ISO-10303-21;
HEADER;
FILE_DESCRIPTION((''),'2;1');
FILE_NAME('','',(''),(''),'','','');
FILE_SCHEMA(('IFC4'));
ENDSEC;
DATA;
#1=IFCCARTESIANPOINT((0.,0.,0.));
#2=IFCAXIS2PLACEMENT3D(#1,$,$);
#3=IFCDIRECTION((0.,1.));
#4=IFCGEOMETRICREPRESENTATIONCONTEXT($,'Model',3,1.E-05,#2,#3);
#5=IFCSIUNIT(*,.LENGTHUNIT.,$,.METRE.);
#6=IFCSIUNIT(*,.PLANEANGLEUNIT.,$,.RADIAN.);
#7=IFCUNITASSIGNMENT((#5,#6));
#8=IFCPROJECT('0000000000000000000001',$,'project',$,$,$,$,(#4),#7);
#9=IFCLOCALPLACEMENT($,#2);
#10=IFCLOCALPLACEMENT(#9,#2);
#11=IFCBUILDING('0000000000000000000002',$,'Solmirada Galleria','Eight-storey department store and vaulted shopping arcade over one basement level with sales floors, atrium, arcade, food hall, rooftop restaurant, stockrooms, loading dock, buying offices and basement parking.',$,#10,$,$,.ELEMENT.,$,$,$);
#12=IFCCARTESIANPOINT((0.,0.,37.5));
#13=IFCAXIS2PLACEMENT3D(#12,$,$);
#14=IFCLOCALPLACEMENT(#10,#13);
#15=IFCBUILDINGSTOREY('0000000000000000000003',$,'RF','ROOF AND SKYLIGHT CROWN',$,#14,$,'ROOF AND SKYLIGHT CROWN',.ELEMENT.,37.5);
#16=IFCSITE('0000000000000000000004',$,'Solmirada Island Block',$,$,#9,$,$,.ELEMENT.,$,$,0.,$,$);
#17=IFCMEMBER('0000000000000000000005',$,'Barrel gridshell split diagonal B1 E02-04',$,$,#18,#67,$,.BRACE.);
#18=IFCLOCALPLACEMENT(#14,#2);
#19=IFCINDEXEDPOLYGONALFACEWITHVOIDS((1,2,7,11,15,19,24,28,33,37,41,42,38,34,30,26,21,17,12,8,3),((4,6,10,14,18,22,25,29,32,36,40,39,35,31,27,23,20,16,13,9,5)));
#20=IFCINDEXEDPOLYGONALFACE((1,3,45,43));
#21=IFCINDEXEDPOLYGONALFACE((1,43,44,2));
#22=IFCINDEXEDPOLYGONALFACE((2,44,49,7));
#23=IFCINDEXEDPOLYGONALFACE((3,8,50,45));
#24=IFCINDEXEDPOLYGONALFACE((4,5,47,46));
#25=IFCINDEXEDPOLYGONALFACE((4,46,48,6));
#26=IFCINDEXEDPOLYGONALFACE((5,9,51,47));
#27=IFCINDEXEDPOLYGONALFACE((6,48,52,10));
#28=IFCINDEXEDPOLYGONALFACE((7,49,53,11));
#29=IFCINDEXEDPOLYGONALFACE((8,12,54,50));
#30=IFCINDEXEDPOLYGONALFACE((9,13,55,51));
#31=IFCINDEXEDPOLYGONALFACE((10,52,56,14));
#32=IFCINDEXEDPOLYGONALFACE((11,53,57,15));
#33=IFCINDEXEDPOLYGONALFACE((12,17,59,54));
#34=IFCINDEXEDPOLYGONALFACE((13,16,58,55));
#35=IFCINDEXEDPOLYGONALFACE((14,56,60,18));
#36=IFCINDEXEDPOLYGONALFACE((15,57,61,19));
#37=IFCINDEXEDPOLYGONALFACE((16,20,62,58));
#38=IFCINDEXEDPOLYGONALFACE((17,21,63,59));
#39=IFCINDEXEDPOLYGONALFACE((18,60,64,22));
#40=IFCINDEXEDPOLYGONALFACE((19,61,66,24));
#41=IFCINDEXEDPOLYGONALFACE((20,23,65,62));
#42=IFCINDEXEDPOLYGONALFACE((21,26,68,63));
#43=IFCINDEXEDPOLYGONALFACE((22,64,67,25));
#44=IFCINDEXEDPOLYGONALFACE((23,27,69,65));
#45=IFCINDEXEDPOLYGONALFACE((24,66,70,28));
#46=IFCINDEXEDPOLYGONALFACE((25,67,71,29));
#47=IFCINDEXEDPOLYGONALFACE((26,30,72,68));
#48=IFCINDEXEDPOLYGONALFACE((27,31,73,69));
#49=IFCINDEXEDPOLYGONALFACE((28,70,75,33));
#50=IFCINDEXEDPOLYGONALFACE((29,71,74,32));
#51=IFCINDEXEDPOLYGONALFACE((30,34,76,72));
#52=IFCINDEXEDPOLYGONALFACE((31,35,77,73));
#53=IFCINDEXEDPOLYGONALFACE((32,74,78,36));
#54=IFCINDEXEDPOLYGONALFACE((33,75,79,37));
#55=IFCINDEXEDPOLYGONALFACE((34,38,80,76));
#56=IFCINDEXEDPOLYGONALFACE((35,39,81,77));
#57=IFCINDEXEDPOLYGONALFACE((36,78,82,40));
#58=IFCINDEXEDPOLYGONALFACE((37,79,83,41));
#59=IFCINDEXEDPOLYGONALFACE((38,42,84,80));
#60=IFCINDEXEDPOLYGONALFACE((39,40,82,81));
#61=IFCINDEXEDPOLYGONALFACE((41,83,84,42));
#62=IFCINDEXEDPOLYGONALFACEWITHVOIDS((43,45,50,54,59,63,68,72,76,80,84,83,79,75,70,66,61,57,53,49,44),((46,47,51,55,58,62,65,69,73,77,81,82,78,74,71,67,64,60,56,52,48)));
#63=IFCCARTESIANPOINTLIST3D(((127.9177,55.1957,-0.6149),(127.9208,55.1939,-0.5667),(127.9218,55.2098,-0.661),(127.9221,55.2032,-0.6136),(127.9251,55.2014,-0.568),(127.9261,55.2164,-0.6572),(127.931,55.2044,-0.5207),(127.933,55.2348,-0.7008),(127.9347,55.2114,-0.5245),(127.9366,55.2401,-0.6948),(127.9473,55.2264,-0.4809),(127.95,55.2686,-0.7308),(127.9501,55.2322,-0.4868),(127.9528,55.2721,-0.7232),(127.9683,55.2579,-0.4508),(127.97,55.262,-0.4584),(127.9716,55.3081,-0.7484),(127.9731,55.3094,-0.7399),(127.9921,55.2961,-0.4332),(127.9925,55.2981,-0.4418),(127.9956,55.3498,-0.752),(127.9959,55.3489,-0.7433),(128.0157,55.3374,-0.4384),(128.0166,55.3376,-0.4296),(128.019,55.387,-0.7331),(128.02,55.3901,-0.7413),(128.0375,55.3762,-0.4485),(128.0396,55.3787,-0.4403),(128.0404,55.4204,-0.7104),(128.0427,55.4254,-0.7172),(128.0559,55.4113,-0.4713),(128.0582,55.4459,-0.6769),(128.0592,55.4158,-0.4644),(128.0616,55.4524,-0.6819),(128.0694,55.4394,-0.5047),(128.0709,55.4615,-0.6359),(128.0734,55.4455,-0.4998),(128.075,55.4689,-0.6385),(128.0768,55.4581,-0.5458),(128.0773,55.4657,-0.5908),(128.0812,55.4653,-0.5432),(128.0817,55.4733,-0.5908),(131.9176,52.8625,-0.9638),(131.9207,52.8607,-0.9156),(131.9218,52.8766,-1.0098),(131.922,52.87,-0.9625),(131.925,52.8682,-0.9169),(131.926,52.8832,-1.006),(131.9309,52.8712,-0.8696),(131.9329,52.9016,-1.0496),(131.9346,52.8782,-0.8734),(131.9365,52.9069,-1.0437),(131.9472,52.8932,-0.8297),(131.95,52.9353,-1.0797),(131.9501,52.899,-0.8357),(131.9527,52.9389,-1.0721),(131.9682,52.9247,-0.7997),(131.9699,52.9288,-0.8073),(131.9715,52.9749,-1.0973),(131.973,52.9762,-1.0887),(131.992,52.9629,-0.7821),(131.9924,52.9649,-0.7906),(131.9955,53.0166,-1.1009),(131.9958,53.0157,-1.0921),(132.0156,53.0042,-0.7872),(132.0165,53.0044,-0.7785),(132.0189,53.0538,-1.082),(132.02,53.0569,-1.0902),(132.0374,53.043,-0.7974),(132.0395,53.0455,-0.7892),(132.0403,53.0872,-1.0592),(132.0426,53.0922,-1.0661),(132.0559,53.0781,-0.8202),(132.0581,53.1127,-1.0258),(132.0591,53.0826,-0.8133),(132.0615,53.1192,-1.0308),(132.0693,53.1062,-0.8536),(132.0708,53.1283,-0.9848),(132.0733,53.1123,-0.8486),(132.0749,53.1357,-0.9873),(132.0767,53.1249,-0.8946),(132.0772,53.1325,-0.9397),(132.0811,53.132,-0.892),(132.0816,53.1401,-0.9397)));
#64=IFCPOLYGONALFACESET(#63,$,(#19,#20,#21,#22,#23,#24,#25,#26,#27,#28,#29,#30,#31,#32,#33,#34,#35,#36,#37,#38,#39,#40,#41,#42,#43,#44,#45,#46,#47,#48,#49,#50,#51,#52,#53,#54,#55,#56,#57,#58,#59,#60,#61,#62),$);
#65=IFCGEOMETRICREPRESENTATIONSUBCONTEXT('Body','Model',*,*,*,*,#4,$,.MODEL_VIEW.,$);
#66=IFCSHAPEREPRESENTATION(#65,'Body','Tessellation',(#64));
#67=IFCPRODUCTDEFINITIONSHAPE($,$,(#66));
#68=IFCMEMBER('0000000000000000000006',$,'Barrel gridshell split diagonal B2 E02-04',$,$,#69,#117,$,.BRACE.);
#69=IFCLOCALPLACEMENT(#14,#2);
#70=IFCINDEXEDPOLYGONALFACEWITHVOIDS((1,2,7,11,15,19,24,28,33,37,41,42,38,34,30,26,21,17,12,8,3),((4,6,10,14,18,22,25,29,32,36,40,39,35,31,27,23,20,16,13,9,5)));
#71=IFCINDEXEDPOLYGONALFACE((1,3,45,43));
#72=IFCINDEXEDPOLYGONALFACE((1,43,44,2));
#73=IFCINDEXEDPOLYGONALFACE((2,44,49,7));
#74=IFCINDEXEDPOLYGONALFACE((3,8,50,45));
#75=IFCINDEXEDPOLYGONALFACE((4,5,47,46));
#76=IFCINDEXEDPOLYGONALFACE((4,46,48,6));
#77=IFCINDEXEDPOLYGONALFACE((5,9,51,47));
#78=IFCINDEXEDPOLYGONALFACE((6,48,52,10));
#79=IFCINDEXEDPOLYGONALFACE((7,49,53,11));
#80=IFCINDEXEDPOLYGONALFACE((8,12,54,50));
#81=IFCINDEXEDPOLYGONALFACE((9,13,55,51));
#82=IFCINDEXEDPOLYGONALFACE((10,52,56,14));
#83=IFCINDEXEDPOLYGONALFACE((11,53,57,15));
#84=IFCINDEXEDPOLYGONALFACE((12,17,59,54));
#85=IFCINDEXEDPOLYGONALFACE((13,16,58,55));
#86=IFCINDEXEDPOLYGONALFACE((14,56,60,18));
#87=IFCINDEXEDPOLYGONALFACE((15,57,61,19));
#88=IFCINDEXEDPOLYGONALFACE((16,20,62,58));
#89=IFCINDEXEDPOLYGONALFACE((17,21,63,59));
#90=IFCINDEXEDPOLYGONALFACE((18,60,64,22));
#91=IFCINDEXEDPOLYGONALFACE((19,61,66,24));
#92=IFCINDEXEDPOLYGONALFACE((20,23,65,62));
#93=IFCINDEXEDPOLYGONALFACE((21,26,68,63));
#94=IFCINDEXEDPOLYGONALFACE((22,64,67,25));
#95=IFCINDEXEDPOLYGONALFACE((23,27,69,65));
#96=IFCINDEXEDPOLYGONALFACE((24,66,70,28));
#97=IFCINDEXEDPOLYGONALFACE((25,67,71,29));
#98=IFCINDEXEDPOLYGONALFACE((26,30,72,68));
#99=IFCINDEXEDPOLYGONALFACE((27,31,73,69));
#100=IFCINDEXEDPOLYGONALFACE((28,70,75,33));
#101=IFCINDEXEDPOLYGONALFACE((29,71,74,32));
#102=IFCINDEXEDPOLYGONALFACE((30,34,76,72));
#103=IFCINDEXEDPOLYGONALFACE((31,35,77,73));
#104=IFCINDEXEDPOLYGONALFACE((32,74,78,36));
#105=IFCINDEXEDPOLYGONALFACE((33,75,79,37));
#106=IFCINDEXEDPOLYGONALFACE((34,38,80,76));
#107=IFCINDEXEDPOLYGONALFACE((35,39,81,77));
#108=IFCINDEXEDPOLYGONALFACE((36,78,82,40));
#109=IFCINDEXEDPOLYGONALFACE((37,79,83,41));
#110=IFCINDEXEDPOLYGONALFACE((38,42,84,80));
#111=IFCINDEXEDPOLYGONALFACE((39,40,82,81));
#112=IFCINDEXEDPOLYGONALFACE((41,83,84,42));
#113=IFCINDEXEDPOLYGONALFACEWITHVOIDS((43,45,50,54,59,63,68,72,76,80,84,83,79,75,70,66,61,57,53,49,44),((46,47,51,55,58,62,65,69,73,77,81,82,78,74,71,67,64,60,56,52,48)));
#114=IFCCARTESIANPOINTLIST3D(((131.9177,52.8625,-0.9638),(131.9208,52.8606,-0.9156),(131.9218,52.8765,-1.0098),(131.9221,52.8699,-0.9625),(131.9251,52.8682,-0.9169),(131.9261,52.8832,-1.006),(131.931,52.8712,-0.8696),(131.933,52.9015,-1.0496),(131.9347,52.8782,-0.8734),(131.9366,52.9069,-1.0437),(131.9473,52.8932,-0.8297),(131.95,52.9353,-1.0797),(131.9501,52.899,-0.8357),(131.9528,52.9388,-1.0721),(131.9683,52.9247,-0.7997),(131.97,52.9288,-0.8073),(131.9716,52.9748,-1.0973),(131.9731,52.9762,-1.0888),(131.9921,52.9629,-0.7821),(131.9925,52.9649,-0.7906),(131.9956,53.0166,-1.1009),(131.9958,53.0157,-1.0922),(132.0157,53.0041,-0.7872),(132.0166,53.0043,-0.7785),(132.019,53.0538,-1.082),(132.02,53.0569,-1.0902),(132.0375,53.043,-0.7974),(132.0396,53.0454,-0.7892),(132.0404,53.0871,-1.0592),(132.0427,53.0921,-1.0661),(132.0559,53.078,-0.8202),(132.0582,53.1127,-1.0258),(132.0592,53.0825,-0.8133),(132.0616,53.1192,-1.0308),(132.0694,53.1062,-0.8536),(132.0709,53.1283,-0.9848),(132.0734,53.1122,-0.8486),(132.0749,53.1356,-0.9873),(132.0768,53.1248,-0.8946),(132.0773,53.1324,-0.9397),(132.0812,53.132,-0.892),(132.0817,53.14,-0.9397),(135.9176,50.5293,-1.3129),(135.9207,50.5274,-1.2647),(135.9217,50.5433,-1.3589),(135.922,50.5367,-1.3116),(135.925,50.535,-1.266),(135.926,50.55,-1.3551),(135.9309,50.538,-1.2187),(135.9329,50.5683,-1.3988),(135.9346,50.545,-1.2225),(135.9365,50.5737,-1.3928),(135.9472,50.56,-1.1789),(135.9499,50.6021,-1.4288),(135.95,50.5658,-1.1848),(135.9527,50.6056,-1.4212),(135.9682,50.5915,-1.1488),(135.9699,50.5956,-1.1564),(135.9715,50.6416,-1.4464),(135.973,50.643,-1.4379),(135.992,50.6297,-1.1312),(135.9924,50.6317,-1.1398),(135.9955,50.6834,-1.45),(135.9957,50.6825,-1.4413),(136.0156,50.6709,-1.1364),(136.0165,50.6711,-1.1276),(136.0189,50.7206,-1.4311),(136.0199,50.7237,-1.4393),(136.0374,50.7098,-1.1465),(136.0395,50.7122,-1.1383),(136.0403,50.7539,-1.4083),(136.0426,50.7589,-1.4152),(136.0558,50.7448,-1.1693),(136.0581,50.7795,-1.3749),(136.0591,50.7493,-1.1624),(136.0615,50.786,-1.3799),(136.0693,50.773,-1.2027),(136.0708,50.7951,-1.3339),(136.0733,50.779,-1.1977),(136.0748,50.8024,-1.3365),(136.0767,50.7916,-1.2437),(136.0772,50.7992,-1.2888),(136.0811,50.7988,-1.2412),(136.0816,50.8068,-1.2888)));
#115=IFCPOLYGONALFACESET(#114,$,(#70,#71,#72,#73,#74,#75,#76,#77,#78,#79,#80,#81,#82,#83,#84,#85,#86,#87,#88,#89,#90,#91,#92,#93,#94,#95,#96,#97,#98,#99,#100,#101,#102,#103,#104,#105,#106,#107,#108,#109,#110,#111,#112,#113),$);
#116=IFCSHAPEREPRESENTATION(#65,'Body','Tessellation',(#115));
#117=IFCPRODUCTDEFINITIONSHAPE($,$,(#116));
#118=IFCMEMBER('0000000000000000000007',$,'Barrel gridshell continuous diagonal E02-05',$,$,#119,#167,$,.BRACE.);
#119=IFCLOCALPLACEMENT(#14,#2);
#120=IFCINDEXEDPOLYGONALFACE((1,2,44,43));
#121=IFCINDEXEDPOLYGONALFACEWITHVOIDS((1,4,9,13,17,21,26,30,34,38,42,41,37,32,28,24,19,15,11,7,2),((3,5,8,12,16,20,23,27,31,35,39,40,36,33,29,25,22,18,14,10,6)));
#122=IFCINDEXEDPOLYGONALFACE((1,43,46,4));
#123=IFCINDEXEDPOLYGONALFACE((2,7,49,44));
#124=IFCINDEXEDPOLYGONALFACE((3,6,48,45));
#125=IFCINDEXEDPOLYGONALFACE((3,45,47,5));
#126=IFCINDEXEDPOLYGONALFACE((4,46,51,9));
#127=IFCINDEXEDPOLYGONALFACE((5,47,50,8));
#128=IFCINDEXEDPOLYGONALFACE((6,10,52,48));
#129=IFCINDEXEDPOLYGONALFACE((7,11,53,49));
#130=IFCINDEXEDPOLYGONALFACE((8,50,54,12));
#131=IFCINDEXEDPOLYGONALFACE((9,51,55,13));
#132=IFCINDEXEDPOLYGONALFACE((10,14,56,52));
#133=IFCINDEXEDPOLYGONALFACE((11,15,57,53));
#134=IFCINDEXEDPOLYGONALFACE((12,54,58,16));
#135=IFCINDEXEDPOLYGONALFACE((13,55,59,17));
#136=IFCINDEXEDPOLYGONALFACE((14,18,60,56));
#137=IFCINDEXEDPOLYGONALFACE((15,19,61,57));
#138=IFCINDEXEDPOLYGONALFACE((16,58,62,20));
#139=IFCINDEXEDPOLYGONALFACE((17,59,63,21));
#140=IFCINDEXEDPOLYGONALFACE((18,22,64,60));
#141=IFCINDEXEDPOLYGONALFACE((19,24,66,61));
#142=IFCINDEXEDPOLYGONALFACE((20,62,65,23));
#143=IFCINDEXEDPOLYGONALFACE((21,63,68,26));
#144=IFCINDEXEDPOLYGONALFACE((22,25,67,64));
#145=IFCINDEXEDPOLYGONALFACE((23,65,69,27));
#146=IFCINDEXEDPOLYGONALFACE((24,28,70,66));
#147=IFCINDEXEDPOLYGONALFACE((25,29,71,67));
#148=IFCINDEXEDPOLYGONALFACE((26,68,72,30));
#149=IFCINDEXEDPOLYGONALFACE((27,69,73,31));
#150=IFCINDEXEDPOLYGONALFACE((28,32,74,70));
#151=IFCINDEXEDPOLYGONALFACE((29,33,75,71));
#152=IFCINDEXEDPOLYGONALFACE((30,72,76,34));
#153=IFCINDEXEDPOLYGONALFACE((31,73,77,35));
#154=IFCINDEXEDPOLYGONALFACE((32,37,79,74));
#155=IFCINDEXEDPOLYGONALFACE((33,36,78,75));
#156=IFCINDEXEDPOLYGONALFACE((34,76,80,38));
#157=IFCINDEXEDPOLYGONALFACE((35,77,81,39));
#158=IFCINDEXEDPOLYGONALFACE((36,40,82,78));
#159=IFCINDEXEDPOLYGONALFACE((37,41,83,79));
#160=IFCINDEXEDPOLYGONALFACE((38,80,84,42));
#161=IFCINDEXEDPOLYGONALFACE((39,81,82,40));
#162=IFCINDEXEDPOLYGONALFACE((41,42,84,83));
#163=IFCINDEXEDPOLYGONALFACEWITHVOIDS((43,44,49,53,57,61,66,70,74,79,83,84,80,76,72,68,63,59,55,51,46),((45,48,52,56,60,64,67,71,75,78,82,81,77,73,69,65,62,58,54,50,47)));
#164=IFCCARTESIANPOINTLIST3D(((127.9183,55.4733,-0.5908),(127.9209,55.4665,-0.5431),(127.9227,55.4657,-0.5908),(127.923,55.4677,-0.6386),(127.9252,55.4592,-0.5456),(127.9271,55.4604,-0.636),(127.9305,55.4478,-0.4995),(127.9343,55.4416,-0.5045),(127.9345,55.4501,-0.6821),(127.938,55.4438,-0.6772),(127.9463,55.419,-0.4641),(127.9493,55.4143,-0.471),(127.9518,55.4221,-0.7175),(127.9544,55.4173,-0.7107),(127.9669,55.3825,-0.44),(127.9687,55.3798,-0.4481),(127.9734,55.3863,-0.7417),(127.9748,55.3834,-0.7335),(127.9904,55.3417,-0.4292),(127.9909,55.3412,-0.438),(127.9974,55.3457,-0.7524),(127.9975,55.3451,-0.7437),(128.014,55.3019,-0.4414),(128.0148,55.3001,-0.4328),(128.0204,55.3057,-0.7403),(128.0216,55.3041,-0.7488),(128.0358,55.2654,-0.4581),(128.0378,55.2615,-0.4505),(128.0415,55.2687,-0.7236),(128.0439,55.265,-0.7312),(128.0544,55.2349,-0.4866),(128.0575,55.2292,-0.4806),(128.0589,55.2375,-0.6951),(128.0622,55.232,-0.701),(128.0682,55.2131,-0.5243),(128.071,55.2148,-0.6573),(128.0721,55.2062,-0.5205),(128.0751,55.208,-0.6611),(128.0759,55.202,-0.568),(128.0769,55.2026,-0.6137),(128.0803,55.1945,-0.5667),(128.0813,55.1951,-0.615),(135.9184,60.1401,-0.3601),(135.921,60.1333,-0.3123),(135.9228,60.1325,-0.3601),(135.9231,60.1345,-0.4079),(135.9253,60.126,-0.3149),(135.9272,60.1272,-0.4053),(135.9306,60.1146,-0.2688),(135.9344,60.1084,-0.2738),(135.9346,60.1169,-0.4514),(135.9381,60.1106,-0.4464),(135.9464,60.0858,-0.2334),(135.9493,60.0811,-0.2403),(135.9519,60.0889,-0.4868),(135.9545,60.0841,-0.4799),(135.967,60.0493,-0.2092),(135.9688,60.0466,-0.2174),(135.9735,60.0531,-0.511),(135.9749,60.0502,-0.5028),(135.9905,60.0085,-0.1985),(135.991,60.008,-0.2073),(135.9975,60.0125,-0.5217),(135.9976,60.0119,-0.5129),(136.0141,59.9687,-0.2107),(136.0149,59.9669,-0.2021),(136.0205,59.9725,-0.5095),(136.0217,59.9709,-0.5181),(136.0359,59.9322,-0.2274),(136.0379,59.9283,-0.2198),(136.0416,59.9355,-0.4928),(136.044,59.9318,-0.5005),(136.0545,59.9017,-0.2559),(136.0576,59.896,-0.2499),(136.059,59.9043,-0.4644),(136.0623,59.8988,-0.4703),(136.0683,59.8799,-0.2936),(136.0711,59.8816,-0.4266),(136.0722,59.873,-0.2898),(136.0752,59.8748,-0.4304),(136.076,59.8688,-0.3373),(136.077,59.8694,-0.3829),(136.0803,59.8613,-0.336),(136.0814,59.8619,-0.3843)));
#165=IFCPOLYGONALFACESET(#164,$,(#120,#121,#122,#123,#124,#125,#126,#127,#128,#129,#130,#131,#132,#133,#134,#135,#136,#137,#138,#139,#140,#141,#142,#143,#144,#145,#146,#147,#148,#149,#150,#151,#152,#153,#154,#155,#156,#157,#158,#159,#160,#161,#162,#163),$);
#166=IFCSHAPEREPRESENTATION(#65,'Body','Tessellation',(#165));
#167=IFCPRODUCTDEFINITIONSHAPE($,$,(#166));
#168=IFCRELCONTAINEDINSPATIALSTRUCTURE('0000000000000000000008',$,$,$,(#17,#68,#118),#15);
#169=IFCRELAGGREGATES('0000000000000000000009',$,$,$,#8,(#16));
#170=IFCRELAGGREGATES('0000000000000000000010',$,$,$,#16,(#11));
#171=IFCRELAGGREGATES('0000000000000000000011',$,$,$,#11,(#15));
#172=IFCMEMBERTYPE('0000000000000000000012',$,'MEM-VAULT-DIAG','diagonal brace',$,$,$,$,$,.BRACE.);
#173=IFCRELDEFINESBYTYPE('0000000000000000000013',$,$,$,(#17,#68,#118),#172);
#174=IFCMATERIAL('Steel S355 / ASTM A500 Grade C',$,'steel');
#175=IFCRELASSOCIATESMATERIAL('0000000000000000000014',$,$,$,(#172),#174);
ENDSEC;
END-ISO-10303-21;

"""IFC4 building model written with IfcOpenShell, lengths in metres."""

from ifc_helpers import new_model, si_unit, direction, frame, origin, origin_2d, place, context, subcontext, project, spatial, hollow_circle, extrude, material, material_profile, profile_set, type_object, element, save


model = new_model("IFC4")

# Units and contexts
model_context = context("Model", 3, precision=1e-05, world=origin(), true_north=direction((0.0, 1.0)))
body_context = subcontext(model_context, "Body", "Model", "MODEL_VIEW")
ifc_project = project(units=[si_unit("LENGTHUNIT", "METRE"), si_unit("PLANEANGLEUNIT", "RADIAN")], contexts=[model_context])

# Site, building, storey
site_placement = place(None, origin())
site = spatial("IfcSite", under=ifc_project, at=site_placement, Name="Solmirada Island Block", CompositionType="ELEMENT", RefElevation=0.0)
building_placement = place(site_placement, origin())
building = spatial("IfcBuilding", under=site, at=building_placement, Name="Solmirada Galleria", Description="Eight-storey department store and vaulted shopping arcade over one basement level with sales floors, atrium, arcade, food hall, rooftop restaurant, stockrooms, loading dock, buying offices and basement parking.", CompositionType="ELEMENT")
storey_placement = place(building_placement, frame((0.0, 0.0, 37.5)))
storey = spatial("IfcBuildingStorey", under=building, at=storey_placement, Name="RF", Description="ROOF AND SKYLIGHT CROWN", LongName="ROOF AND SKYLIGHT CROWN", CompositionType="ELEMENT", Elevation=37.5)

# Members
ifc_material_1 = material(Name="Steel S355 / ASTM A500 Grade C", Category="steel")
ifc_material_profile_1 = material_profile(ifc_material_1, hollow_circle(Radius=0.1621, WallThickness=0.0088, at=origin_2d()), Name="HSS12.750X0.375")
ifc_profile_set_1 = profile_set([ifc_material_profile_1], Name="Steel S355 / ASTM A500 Grade C")
member_type_1 = type_object("IfcMemberType", Name="MEM-VAULT-DIAG", Description="diagonal brace", PredefinedType="BRACE", material=ifc_profile_set_1)
for number, where, z_axis, x_axis, name in (
    (1, (128.0, 55.3333, -0.5908), (0.861346, -0.502434, -0.075126), (0.503858, 0.863787, 0.0), "Barrel gridshell split diagonal B1 E02-04"),
    (2, (132.0, 53.0, -0.9397), (0.861342, -0.502432, -0.075178), (0.503858, 0.863787, 0.0), "Barrel gridshell split diagonal B2 E02-04"),
):
    element("IfcMember", number, at=place(storey_placement, frame(where, z_axis=z_axis, x_axis=x_axis)), inside=storey, type_object=member_type_1, Name=name, PredefinedType="BRACE", context=body_context, shape_type="SweptSolid", body=[
        extrude(hollow_circle(Radius=0.1621, WallThickness=0.0088, at=origin_2d()), origin(), (0.0, 0.0, 1.0), 4.6438),
    ])
member_1_placement = place(storey_placement, frame((128.0, 55.3333, -0.5908), z_axis=(0.863507, 0.503721, 0.024903), x_axis=(-0.503878, 0.863775, 0.0)))
element("IfcMember", 3, at=member_1_placement, inside=storey, type_object=member_type_1, Name="Barrel gridshell continuous diagonal E02-05", PredefinedType="BRACE", context=body_context, shape_type="SweptSolid", body=[
    extrude(hollow_circle(Radius=0.1621, WallThickness=0.0088, at=origin_2d()), origin(), (0.0, 0.0, 1.0), 9.2646),
])

save(model, "model.ifc")
